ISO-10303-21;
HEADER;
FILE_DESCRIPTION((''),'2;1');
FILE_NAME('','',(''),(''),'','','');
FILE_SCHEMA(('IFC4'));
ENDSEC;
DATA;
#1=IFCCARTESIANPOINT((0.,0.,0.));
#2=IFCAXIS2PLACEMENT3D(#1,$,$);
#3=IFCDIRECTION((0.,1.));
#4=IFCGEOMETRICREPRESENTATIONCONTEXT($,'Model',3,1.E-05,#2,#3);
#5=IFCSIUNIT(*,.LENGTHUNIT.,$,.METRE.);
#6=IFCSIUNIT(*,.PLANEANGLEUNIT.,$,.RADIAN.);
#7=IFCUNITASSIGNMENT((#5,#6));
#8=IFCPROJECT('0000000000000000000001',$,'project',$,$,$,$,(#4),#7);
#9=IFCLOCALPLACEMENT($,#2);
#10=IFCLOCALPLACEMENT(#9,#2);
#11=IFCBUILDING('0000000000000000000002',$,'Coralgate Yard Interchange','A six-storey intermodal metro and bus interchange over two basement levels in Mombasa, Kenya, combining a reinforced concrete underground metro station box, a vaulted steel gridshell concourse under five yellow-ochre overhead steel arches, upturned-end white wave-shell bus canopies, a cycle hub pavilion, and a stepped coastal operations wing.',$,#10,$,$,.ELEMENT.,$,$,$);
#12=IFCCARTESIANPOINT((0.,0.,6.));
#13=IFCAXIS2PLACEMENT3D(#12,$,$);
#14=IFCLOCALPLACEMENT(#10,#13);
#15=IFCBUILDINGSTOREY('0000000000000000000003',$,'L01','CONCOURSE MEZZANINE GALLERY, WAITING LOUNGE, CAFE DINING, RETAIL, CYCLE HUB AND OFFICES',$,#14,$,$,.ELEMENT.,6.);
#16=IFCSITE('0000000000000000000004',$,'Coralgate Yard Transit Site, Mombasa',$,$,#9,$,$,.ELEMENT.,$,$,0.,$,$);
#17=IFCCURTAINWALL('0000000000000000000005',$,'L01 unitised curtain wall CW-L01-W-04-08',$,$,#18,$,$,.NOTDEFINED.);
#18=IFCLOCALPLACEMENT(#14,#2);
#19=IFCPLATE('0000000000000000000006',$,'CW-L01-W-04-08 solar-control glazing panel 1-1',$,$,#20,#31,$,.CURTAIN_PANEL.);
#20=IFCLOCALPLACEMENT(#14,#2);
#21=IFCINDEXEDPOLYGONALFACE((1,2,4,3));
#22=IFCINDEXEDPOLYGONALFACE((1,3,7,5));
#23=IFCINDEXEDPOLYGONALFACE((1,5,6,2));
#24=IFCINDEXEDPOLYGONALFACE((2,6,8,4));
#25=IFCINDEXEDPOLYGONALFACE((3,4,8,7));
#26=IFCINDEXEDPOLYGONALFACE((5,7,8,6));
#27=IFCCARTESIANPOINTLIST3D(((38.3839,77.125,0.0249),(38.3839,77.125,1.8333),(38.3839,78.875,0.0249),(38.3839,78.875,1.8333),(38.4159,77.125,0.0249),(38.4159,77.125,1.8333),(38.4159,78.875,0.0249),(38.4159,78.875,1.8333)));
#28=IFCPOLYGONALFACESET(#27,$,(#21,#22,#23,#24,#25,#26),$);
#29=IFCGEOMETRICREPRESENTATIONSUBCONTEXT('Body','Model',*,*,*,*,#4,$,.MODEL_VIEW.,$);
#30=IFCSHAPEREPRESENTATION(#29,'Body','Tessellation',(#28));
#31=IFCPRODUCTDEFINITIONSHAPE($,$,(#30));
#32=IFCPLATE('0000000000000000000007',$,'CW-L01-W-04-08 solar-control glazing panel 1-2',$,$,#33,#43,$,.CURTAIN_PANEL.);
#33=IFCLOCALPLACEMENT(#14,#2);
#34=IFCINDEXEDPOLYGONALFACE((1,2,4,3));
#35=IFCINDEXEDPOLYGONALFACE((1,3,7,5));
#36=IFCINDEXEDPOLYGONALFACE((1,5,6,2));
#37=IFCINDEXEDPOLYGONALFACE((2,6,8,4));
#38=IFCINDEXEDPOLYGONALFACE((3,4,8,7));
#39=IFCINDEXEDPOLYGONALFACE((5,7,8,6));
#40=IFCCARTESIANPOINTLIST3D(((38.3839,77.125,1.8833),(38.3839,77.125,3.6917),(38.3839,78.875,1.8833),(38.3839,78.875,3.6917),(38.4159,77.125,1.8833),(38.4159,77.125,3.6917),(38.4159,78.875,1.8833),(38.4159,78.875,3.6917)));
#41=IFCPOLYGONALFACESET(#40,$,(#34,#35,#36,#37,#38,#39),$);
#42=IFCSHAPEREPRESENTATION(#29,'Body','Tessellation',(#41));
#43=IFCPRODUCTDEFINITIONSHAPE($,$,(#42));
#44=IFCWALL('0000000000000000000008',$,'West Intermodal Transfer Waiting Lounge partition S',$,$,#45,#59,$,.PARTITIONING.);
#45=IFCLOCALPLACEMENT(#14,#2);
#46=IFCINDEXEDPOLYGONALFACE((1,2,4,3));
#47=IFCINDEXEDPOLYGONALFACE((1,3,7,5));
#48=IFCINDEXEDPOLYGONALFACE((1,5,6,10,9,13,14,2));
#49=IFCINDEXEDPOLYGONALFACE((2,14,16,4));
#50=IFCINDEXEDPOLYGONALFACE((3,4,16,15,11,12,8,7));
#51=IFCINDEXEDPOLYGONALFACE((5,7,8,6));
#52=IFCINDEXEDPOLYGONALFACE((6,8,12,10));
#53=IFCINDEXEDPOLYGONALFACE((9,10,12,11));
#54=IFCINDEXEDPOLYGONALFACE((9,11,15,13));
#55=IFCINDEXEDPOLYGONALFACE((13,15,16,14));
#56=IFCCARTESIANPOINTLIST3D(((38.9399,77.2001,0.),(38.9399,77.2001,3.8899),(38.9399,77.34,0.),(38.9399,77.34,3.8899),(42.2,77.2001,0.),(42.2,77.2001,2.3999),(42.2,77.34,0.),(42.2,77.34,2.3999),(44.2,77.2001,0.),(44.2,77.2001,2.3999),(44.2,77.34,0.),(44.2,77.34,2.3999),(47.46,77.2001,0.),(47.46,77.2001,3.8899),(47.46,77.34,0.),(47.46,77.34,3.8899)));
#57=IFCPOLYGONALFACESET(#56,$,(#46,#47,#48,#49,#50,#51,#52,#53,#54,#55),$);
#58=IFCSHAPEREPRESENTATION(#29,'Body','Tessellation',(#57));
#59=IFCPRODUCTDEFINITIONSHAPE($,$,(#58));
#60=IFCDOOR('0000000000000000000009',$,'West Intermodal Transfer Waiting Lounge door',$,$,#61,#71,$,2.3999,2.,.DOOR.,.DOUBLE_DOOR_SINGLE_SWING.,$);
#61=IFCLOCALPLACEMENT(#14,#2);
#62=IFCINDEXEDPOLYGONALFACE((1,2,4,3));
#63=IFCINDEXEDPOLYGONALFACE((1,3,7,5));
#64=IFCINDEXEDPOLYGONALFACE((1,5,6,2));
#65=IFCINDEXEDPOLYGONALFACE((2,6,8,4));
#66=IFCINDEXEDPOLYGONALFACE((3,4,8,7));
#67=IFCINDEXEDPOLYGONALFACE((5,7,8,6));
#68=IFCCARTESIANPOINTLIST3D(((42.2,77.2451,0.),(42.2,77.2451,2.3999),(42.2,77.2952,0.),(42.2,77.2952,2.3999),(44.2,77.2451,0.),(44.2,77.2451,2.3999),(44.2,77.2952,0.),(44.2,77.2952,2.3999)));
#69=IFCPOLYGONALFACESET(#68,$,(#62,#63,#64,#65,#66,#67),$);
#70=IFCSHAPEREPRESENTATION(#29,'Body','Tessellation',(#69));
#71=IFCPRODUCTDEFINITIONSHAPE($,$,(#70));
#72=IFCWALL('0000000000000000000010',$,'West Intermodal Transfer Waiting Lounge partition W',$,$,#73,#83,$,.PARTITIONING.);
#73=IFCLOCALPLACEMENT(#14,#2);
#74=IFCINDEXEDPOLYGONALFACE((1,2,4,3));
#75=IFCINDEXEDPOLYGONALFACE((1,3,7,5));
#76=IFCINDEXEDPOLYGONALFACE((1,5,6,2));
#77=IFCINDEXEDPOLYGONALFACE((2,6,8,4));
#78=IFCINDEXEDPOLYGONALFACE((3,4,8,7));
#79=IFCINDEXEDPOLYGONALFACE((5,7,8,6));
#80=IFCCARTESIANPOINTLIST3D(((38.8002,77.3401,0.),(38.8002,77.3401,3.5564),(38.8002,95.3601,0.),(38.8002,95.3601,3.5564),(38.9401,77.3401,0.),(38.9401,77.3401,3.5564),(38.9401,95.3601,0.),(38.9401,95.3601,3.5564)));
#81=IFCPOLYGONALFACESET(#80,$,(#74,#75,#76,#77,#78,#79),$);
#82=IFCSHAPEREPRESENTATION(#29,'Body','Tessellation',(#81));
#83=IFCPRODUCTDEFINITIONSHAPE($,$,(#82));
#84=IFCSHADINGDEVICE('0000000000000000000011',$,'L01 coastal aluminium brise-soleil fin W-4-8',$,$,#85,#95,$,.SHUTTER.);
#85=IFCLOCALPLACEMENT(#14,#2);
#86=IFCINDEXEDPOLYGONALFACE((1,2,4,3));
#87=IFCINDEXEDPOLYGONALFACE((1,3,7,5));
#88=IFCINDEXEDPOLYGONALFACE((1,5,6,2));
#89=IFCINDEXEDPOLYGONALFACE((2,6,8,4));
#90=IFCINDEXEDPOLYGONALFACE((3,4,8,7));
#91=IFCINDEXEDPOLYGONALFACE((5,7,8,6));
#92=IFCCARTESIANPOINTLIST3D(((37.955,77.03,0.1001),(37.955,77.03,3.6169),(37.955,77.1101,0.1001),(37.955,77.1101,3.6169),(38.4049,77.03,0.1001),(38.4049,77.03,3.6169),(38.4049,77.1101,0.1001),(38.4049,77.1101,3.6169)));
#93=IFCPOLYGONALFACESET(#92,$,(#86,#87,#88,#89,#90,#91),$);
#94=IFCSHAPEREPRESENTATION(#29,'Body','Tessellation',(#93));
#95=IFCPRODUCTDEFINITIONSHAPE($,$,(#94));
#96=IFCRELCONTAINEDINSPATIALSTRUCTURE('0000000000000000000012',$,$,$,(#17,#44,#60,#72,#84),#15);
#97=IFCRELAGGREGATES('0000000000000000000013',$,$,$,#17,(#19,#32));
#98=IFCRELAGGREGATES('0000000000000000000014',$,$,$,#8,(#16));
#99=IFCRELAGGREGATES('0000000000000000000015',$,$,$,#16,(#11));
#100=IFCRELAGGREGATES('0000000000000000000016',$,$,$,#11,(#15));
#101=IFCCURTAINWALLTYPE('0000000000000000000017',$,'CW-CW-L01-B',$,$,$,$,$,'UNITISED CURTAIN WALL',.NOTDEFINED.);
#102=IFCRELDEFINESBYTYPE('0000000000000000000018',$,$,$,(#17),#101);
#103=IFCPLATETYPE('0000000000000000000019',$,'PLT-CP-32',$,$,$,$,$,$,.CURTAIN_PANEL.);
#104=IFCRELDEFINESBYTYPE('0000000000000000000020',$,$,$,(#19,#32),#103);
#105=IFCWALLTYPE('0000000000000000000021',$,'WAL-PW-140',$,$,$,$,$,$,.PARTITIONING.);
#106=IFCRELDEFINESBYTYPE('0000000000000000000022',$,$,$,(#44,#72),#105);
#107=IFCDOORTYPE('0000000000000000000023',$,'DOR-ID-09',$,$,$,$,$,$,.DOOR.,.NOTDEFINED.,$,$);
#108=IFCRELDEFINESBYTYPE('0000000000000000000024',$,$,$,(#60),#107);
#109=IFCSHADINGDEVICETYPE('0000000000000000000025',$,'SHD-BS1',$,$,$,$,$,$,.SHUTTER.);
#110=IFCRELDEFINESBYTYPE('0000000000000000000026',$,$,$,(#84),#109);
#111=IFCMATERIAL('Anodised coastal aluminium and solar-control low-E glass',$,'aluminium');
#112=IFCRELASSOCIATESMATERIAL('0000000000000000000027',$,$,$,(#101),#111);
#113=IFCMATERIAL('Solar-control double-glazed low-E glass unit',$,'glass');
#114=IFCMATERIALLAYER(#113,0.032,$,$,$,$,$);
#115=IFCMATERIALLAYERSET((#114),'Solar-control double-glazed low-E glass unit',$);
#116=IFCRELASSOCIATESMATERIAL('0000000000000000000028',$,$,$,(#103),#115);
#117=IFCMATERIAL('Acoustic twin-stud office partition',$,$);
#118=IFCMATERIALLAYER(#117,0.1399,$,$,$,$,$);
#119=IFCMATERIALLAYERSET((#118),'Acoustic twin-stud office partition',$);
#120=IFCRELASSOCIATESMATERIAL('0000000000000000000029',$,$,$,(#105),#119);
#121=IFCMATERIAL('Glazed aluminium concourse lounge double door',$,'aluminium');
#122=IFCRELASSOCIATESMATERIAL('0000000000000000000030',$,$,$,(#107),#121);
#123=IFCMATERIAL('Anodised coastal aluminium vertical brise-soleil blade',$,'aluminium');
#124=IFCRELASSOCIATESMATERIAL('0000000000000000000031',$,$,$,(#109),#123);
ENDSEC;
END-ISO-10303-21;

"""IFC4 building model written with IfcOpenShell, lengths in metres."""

from ifc_helpers import new_model, si_unit, direction, frame, frame_2d, origin, origin_2d, place, context, subcontext, project, spatial, rectangle, extrude, material, layer, layer_set, type_object, element, fill, aggregate, save


model = new_model("IFC4")

# Units and contexts
model_context = context("Model", 3, precision=1e-05, world=origin(), true_north=direction((0.0, 1.0)))
body_context = subcontext(model_context, "Body", "Model", "MODEL_VIEW")
ifc_project = project(units=[si_unit("LENGTHUNIT", "METRE"), si_unit("PLANEANGLEUNIT", "RADIAN")], contexts=[model_context])

# Site, building, storey
site_placement = place(None, origin())
site = spatial("IfcSite", under=ifc_project, at=site_placement, Name="Coralgate Yard Transit Site, Mombasa", CompositionType="ELEMENT", RefElevation=0.0)
building_placement = place(site_placement, origin())
building = spatial("IfcBuilding", under=site, at=building_placement, Name="Coralgate Yard Interchange", Description="A six-storey intermodal metro and bus interchange over two basement levels in Mombasa, Kenya, combining a reinforced concrete underground metro station box, a vaulted steel gridshell concourse under five yellow-ochre overhead steel arches, upturned-end white wave-shell bus canopies, a cycle hub pavilion, and a stepped coastal operations wing.", CompositionType="ELEMENT")
storey_placement = place(building_placement, frame((0.0, 0.0, 6.0)))
storey = spatial("IfcBuildingStorey", under=building, at=storey_placement, Name="L01", Description="CONCOURSE MEZZANINE GALLERY, WAITING LOUNGE, CAFE DINING, RETAIL, CYCLE HUB AND OFFICES", CompositionType="ELEMENT", Elevation=6.0)

# Curtain wall
ifc_material_1 = material(Name="Anodised coastal aluminium and solar-control low-E glass", Category="aluminium")
curtain_wall_type_1 = type_object("IfcCurtainWallType", Name="CW-CW-L01-B", ElementType="UNITISED CURTAIN WALL", PredefinedType="NOTDEFINED", material=ifc_material_1)
curtain_wall_1_placement = place(storey_placement, origin())
curtain_wall_1 = element("IfcCurtainWall", 1, at=curtain_wall_1_placement, inside=storey, type_object=curtain_wall_type_1, Name="L01 unitised curtain wall CW-L01-W-04-08", PredefinedType="NOTDEFINED")

# Plates
ifc_material_2 = material(Name="Solar-control double-glazed low-E glass unit", Category="glass")
ifc_layer_1 = layer(ifc_material_2, 0.032)
ifc_layer_set_1 = layer_set([ifc_layer_1], Name="Solar-control double-glazed low-E glass unit")
plate_type = type_object("IfcPlateType", Name="PLT-CP-32", PredefinedType="CURTAIN_PANEL", material=ifc_layer_set_1)
plate_1_placement = place(storey_placement, frame((38.3999, 78.0, 0.0249), z_axis=(0.0, 0.0, 1.0), x_axis=(0.0, 1.0, 0.0)))
plate_1 = element("IfcPlate", 2, at=plate_1_placement, type_object=plate_type, Name="CW-L01-W-04-08 solar-control glazing panel 1-1", PredefinedType="CURTAIN_PANEL", context=body_context, shape_type="SweptSolid", body=[
    extrude(rectangle(XDim=1.75, YDim=0.032, at=origin_2d()), origin(), (0.0, 0.0, 1.0), 1.8083),
])
plate_2_placement = place(storey_placement, frame((38.3999, 78.0, 1.8833), z_axis=(0.0, 0.0, 1.0), x_axis=(0.0, 1.0, 0.0)))
plate_2 = element("IfcPlate", 3, at=plate_2_placement, type_object=plate_type, Name="CW-L01-W-04-08 solar-control glazing panel 1-2", PredefinedType="CURTAIN_PANEL", context=body_context, shape_type="SweptSolid", body=[
    extrude(rectangle(XDim=1.75, YDim=0.032, at=origin_2d()), origin(), (0.0, 0.0, 1.0), 1.8083),
])
aggregate(curtain_wall_1, [plate_1, plate_2])

# Wall, opening, door
ifc_material_3 = material(Name="Acoustic twin-stud office partition")
ifc_layer_2 = layer(ifc_material_3, 0.1399)
ifc_layer_set_2 = layer_set([ifc_layer_2], Name="Acoustic twin-stud office partition")
wall_type = type_object("IfcWallType", Name="WAL-PW-140", PredefinedType="PARTITIONING", material=ifc_layer_set_2)
wall_1_placement = place(storey_placement, frame((47.46, 77.27, 0.0), z_axis=(0.0, 0.0, 1.0), x_axis=(-1.0, 0.0, 0.0)))
wall_1 = element("IfcWall", 4, at=wall_1_placement, inside=storey, type_object=wall_type, Name="West Intermodal Transfer Waiting Lounge partition S", PredefinedType="PARTITIONING", context=body_context, shape_type="SweptSolid", body=[
    extrude(rectangle(XDim=8.52, YDim=0.1399, at=frame_2d((4.26, 0.0))), origin(), (0.0, 0.0, 1.0), 3.8899),
])
opening_placement = place(wall_1_placement, frame((3.26, 0.0, 0.0)))
opening = element("IfcOpeningElement", 5, at=opening_placement, cuts=wall_1, PredefinedType="OPENING", context=body_context, shape_type="SweptSolid", body=[
    extrude(rectangle(XDim=2.0, YDim=2.3999, at=frame_2d((1.0, 1.2))), frame((0.0, 0.0798, 0.0), z_axis=(0.0, -1.0, 0.0), x_axis=(1.0, 0.0, 0.0)), (0.0, 0.0, 1.0), 0.1599),
])
ifc_material_4 = material(Name="Glazed aluminium concourse lounge double door", Category="aluminium")
door_type = type_object("IfcDoorType", Name="DOR-ID-09", OperationType="NOTDEFINED", PredefinedType="DOOR", material=ifc_material_4)
door_placement = place(opening_placement, origin())
door = element("IfcDoor", 6, at=door_placement, inside=storey, type_object=door_type, Name="West Intermodal Transfer Waiting Lounge door", OperationType="DOUBLE_DOOR_SINGLE_SWING", OverallHeight=2.3999, OverallWidth=2.0, PredefinedType="DOOR", context=body_context, shape_type="SweptSolid", body=[
    extrude(rectangle(XDim=2.0, YDim=2.3999, at=frame_2d((1.0, 1.2))), frame((0.0, 0.0249, 0.0), z_axis=(0.0, -1.0, 0.0), x_axis=(1.0, 0.0, 0.0)), (0.0, 0.0, 1.0), 0.05),
])
fill(opening, door)

# Wall
wall_2_placement = place(storey_placement, frame((38.8701, 77.3401, 0.0), z_axis=(0.0, 0.0, 1.0), x_axis=(0.0, 1.0, 0.0)))
element("IfcWall", 7, at=wall_2_placement, inside=storey, type_object=wall_type, Name="West Intermodal Transfer Waiting Lounge partition W", PredefinedType="PARTITIONING", context=body_context, shape_type="SweptSolid", body=[
    extrude(rectangle(XDim=18.02, YDim=0.1399, at=frame_2d((9.01, 0.0))), origin(), (0.0, 0.0, 1.0), 3.5564),
])

# Shading device
ifc_material_5 = material(Name="Anodised coastal aluminium vertical brise-soleil blade", Category="aluminium")
shading_device_type = type_object("IfcShadingDeviceType", Name="SHD-BS1", PredefinedType="SHUTTER", material=ifc_material_5)
shading_device_placement = place(storey_placement, frame((38.1799, 77.0701, 0.1001), z_axis=(0.0, 0.0, 1.0), x_axis=(0.0, 1.0, 0.0)))
element("IfcShadingDevice", 8, at=shading_device_placement, inside=storey, type_object=shading_device_type, Name="L01 coastal aluminium brise-soleil fin W-4-8", PredefinedType="SHUTTER", context=body_context, shape_type="SweptSolid", body=[
    extrude(rectangle(XDim=0.0801, YDim=0.45, at=origin_2d()), origin(), (0.0, 0.0, 1.0), 3.5168),
])

save(model, "model.ifc")
